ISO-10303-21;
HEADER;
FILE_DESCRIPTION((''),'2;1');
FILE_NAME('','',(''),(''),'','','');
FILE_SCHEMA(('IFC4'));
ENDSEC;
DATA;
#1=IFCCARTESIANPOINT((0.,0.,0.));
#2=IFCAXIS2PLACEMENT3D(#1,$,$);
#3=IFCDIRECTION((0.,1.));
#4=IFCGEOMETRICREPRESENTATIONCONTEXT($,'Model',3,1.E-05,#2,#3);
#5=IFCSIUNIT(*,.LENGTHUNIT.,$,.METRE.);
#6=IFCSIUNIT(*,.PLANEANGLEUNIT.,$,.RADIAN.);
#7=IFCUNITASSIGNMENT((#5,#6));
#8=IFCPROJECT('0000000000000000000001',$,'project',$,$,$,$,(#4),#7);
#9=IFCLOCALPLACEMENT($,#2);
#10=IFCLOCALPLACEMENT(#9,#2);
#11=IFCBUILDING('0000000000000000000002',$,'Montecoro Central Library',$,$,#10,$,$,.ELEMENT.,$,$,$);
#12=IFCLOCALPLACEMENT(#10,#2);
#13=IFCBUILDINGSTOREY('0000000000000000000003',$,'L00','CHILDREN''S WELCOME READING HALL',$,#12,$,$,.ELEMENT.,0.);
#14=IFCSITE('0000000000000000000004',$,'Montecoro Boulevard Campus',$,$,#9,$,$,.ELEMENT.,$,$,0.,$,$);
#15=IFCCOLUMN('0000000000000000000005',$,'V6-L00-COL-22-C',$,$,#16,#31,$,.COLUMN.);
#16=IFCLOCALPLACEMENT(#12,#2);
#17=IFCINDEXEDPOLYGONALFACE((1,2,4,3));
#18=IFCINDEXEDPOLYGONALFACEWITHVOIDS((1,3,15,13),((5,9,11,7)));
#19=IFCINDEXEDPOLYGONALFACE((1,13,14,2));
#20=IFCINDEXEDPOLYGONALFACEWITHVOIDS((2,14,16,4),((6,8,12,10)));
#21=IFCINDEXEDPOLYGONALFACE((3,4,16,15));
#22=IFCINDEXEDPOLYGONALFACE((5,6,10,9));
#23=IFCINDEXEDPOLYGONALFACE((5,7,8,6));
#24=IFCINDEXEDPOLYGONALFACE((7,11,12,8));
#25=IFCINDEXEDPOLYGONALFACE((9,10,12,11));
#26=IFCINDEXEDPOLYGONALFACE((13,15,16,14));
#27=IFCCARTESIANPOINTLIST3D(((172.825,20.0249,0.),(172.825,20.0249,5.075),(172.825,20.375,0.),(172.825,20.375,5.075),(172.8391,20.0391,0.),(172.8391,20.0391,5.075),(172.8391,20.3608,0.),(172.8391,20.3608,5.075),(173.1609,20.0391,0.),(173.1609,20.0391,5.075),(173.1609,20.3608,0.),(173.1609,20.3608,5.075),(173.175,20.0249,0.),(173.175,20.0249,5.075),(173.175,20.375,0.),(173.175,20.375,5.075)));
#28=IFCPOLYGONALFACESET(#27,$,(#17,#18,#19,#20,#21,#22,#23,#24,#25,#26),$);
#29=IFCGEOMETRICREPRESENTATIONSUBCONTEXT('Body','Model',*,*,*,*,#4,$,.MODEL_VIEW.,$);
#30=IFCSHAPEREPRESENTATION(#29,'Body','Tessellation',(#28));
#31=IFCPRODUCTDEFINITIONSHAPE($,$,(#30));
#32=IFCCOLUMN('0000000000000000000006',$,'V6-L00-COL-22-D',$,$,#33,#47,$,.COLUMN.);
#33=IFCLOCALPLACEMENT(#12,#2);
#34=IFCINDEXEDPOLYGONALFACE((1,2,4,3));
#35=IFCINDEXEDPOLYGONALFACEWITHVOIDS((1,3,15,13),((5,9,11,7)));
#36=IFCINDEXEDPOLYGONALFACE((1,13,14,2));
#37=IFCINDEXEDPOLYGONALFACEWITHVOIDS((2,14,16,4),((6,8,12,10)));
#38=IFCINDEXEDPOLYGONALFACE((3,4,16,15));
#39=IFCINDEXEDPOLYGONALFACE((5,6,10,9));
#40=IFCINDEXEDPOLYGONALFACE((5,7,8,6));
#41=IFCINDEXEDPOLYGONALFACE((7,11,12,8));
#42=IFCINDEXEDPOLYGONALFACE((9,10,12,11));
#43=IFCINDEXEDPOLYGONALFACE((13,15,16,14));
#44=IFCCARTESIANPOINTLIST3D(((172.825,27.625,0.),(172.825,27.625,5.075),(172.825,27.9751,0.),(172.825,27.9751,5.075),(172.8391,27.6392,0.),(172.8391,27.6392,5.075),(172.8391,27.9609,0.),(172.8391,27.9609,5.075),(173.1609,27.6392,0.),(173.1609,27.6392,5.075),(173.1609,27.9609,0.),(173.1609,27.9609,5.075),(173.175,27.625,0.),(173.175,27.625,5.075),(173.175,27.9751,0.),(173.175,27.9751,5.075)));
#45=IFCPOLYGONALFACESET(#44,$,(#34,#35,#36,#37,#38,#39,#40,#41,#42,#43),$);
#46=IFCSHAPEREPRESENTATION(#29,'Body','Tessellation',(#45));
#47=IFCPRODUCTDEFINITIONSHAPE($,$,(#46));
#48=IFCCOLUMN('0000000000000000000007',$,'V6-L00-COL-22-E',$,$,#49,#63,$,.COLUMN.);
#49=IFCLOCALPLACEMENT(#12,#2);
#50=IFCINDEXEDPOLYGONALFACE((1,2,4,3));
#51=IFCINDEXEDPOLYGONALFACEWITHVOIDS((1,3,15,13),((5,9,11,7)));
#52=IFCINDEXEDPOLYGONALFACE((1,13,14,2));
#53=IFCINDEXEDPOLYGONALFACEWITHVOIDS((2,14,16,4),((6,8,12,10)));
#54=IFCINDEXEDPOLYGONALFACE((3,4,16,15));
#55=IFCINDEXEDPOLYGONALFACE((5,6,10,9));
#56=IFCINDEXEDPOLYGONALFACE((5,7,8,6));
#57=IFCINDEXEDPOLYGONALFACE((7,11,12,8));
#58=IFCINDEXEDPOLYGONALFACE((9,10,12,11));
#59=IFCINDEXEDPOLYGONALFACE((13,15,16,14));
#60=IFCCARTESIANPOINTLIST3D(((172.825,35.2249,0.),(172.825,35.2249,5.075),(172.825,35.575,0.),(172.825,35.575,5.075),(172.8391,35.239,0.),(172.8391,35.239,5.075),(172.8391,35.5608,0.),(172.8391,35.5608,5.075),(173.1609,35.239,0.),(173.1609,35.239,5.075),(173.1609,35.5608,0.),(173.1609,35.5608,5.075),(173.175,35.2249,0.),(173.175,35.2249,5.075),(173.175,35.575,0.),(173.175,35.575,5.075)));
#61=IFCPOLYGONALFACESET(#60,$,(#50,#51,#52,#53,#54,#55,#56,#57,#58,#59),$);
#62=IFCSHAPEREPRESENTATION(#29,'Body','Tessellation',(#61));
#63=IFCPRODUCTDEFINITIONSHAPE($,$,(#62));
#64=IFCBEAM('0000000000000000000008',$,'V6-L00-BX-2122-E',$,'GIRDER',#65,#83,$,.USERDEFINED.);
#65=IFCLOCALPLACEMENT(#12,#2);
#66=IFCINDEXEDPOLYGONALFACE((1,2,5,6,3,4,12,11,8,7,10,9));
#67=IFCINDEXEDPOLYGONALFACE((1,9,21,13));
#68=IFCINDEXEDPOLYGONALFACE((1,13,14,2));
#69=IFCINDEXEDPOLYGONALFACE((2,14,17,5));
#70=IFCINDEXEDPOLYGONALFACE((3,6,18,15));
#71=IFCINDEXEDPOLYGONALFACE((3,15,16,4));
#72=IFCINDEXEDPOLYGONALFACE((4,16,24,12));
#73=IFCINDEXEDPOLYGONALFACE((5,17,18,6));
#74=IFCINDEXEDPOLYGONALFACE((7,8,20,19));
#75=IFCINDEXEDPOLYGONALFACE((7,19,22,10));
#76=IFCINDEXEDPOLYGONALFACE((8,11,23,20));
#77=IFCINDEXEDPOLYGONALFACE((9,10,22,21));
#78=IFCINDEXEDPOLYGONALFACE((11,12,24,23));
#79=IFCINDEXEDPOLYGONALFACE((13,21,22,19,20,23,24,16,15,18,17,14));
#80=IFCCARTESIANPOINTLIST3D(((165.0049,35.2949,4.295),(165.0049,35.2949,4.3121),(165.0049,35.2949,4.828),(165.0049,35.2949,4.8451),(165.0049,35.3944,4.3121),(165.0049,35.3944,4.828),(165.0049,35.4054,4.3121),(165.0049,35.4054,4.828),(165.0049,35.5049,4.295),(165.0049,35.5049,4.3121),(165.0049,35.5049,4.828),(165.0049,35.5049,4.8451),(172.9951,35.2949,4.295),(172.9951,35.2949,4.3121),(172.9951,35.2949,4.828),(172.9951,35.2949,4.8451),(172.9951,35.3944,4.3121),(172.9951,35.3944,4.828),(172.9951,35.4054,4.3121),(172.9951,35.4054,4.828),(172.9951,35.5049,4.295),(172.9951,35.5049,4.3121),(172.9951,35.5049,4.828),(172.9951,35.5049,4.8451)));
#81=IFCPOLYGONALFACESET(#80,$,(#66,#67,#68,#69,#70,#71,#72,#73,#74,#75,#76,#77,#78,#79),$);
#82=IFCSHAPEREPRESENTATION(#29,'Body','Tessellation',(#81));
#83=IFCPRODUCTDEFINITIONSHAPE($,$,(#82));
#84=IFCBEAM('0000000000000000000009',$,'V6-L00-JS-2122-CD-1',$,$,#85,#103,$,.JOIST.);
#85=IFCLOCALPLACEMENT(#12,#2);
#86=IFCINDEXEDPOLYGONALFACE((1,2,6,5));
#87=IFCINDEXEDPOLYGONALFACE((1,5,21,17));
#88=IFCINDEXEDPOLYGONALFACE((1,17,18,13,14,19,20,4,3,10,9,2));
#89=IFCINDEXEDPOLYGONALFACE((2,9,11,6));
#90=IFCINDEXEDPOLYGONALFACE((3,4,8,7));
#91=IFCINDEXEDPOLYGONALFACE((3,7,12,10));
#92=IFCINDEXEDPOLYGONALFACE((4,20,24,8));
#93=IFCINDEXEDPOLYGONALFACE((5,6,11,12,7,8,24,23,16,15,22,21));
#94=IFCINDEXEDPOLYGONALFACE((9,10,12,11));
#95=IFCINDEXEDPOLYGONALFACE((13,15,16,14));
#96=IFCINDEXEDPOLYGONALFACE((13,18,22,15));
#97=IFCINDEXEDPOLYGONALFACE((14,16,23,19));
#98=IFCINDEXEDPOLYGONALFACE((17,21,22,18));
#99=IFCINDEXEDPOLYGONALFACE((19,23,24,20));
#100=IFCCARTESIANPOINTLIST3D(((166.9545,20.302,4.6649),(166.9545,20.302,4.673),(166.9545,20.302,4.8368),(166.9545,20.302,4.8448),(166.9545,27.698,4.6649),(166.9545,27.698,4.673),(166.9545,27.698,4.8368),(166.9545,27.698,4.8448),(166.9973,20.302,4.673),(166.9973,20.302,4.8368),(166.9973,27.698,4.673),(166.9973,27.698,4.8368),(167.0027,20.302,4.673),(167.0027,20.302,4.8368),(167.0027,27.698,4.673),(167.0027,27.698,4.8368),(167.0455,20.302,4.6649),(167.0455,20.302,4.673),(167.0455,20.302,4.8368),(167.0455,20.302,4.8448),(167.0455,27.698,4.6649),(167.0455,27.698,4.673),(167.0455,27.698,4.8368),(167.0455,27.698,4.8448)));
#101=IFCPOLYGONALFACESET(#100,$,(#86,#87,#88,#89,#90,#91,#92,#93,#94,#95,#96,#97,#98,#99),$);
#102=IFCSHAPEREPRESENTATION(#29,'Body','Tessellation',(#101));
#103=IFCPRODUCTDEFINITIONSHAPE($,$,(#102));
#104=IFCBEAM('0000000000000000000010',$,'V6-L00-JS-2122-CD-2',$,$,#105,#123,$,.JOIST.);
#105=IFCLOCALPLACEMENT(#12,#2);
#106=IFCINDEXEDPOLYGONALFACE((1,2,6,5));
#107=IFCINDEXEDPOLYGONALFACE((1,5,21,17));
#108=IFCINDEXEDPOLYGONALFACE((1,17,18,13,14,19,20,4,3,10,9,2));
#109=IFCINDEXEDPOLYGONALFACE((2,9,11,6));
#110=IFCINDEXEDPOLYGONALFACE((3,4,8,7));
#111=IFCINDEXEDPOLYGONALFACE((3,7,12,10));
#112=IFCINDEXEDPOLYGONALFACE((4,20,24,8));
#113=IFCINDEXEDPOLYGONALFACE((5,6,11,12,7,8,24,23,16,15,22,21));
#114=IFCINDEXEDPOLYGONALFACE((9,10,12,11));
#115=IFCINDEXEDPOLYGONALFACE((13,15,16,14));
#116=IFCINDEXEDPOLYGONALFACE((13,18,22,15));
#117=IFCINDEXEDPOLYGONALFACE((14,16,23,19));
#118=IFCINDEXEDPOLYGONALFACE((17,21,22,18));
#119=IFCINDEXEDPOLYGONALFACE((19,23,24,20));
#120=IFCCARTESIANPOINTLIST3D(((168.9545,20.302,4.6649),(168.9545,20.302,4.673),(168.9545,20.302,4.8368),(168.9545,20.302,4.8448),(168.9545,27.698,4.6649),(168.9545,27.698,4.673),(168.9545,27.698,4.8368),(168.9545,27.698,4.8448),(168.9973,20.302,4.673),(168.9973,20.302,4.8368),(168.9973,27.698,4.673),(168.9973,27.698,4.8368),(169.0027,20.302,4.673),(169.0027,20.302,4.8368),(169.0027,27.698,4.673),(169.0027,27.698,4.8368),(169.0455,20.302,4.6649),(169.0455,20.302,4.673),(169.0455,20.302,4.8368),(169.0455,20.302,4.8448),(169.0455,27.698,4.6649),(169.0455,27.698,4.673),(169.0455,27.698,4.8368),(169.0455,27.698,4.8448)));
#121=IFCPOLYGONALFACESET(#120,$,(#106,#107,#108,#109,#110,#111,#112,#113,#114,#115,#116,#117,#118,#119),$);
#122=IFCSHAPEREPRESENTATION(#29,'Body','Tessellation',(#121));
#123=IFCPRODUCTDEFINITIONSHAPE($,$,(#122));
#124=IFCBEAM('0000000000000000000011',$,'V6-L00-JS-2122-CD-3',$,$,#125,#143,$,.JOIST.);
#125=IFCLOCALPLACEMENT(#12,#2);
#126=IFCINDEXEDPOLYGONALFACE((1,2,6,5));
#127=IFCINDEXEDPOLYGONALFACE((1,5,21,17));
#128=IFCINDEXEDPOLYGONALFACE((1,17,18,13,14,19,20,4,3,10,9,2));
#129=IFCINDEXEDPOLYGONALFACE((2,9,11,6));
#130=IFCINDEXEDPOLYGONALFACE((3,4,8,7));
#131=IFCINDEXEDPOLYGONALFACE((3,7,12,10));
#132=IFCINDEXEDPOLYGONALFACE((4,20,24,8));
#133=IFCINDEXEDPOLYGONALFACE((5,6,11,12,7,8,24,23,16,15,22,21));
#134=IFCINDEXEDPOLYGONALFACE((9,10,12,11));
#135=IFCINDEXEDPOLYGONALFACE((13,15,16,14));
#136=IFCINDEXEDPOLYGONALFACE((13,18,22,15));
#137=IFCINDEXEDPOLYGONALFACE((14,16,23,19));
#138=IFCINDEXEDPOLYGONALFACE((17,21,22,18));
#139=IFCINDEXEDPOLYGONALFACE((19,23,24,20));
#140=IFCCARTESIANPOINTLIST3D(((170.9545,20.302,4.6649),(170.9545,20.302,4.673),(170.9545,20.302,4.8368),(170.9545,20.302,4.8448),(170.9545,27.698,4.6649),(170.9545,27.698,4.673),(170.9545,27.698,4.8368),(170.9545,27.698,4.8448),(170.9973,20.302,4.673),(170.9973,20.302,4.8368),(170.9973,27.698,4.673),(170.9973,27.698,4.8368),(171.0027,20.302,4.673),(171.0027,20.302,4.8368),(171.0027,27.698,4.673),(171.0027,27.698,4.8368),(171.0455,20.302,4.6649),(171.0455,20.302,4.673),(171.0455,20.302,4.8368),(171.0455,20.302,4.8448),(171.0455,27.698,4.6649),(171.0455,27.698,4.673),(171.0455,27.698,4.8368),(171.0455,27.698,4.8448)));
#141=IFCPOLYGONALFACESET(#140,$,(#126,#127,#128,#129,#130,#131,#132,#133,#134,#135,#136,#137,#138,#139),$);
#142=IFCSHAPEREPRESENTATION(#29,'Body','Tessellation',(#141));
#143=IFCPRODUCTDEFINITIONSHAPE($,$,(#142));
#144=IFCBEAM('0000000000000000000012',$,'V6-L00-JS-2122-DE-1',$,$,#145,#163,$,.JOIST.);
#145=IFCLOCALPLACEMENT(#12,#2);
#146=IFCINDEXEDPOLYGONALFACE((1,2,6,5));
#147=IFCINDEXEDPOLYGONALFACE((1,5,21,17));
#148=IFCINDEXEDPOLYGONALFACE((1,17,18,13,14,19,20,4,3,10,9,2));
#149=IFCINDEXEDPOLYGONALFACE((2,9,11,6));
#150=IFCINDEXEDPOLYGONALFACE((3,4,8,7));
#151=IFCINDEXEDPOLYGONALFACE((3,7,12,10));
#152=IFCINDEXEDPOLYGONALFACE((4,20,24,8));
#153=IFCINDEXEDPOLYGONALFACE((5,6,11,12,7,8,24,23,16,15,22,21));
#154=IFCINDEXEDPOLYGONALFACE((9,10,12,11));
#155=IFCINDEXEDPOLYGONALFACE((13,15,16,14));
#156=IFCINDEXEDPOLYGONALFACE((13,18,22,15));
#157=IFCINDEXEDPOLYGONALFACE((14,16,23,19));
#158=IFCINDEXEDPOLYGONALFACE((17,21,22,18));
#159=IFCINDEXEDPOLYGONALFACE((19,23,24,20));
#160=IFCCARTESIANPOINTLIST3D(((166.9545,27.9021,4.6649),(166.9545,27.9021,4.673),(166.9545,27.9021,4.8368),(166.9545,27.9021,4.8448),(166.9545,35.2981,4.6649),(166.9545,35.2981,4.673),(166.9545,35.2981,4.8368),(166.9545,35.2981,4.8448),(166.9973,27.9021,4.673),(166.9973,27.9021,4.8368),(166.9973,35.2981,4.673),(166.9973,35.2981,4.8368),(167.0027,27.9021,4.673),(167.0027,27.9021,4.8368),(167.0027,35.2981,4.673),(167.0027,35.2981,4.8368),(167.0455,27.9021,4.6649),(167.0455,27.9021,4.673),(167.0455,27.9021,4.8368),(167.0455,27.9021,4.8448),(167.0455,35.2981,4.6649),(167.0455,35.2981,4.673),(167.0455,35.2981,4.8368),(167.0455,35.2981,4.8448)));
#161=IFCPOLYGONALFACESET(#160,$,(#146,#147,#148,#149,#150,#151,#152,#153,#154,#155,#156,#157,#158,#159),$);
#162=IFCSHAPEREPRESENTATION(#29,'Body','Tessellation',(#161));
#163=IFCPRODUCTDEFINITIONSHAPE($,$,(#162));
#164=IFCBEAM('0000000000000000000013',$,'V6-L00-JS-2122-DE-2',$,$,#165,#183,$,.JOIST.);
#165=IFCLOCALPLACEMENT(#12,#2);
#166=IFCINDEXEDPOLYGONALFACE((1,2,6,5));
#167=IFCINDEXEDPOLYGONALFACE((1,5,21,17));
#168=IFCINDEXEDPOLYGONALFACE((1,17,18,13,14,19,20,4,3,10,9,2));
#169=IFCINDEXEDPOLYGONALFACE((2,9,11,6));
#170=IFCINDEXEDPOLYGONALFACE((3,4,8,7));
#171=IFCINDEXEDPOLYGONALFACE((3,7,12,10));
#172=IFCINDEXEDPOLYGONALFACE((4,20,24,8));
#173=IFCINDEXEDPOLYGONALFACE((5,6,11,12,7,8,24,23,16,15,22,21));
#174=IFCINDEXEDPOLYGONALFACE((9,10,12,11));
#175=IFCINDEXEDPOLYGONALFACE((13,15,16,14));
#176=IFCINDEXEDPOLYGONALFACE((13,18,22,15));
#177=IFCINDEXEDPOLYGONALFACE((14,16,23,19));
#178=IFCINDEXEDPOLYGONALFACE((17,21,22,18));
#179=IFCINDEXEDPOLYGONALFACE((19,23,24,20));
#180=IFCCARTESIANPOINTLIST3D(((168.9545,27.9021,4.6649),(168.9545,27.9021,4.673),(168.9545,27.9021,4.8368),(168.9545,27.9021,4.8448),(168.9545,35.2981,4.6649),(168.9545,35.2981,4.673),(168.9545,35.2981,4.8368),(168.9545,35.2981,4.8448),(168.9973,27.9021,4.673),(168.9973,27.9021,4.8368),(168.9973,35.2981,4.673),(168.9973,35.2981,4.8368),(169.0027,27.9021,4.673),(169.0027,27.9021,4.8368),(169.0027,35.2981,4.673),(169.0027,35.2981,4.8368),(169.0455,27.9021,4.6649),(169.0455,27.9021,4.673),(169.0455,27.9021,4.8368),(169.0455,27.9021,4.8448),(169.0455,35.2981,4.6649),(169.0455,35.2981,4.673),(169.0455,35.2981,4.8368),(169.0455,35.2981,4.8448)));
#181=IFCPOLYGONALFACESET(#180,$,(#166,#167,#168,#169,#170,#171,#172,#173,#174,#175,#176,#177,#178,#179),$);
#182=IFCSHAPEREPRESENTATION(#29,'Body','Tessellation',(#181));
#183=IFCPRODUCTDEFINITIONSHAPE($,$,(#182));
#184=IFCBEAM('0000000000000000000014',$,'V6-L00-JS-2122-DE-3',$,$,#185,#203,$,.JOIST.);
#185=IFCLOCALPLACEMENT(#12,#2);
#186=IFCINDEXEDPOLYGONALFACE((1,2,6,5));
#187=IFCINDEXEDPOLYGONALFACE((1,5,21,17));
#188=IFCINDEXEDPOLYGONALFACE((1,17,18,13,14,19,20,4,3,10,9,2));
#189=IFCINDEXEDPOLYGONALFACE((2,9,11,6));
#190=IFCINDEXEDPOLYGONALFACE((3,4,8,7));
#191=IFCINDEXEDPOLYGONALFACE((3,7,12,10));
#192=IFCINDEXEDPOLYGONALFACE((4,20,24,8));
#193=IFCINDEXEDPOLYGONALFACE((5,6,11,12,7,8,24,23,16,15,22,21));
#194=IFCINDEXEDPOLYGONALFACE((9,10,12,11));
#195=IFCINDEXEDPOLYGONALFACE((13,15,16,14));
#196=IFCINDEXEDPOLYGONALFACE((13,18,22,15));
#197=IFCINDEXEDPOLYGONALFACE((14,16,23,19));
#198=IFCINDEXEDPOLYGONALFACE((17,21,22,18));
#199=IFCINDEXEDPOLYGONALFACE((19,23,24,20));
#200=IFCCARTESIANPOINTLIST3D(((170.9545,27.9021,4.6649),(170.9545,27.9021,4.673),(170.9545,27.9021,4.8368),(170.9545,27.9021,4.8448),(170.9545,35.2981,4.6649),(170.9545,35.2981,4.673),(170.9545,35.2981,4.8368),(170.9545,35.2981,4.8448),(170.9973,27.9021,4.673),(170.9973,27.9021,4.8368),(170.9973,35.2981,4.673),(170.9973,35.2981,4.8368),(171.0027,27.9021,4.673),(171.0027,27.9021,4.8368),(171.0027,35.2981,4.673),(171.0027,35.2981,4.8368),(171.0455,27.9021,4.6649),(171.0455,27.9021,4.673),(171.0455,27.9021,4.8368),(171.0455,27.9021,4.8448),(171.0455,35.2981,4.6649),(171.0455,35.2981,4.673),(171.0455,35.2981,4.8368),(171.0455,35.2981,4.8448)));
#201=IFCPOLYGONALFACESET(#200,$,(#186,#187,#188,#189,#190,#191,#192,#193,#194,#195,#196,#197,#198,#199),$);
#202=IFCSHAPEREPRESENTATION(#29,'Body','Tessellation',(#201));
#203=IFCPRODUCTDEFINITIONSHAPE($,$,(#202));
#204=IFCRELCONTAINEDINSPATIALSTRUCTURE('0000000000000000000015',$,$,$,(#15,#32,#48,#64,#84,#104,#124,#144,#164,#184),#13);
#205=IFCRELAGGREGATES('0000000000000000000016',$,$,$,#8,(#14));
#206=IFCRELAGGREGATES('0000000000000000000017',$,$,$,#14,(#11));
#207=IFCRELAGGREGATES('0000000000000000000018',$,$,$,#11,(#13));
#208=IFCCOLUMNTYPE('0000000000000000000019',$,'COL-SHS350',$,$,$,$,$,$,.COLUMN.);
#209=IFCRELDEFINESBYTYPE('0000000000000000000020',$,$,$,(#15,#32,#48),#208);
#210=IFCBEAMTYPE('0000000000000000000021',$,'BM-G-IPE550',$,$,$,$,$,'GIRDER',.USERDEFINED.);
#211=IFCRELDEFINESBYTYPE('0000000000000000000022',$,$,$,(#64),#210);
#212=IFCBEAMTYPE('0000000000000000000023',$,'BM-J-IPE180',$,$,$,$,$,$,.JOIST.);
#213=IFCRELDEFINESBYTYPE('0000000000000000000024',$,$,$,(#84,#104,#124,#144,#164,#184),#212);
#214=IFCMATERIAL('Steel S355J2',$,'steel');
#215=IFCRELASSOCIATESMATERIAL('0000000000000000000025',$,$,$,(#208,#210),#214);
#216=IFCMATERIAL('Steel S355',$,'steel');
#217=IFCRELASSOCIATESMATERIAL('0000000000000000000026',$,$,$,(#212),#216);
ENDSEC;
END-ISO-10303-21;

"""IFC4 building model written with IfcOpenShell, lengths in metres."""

from ifc_helpers import new_model, si_unit, direction, frame, origin, origin_2d, place, context, subcontext, project, spatial, hollow_rectangle, i_section, extrude, material, material_profile, profile_set, type_object, element, save


model = new_model("IFC4")

# Units and contexts
model_context = context("Model", 3, precision=1e-05, world=origin(), true_north=direction((0.0, 1.0)))
body_context = subcontext(model_context, "Body", "Model", "MODEL_VIEW")
ifc_project = project(units=[si_unit("LENGTHUNIT", "METRE"), si_unit("PLANEANGLEUNIT", "RADIAN")], contexts=[model_context])

# Site, building, storey
site_placement = place(None, origin())
site = spatial("IfcSite", under=ifc_project, at=site_placement, Name="Montecoro Boulevard Campus", CompositionType="ELEMENT", RefElevation=0.0)
building_placement = place(site_placement, origin())
building = spatial("IfcBuilding", under=site, at=building_placement, Name="Montecoro Central Library", CompositionType="ELEMENT")
storey_placement = place(building_placement, origin())
storey = spatial("IfcBuildingStorey", under=building, at=storey_placement, Name="L00", Description="CHILDREN'S WELCOME READING HALL", CompositionType="ELEMENT", Elevation=0.0)

# Columns
ifc_material_1 = material(Name="Steel S355J2", Category="steel")
ifc_material_profile_1 = material_profile(ifc_material_1, hollow_rectangle(XDim=0.3501, YDim=0.3501, WallThickness=0.0142, at=origin_2d()), Name="SHS 350x350x14.2")
ifc_profile_set_1 = profile_set([ifc_material_profile_1], Name="Steel S355J2")
column_type = type_object("IfcColumnType", Name="COL-SHS350", PredefinedType="COLUMN", material=ifc_profile_set_1)
for number, where, z_axis, x_axis, name in (
    (1, (173.0, 20.2, 0.0), (0.0, 0.0, 1.0), (1.0, 0.0, 0.0), "V6-L00-COL-22-C"),
    (2, (173.0, 27.8, 0.0), (0.0, 0.0, 1.0), (1.0, 0.0, 0.0), "V6-L00-COL-22-D"),
    (3, (173.0, 35.3999, 0.0), (0.0, 0.0, 1.0), (1.0, 0.0, 0.0), "V6-L00-COL-22-E"),
):
    element("IfcColumn", number, at=place(storey_placement, frame(where, z_axis=z_axis, x_axis=x_axis)), inside=storey, type_object=column_type, Name=name, PredefinedType="COLUMN", context=body_context, shape_type="SweptSolid", body=[
        extrude(hollow_rectangle(XDim=0.3501, YDim=0.3501, WallThickness=0.0142, at=origin_2d()), origin(), (0.0, 0.0, 1.0), 5.075),
    ])

# Beams
ifc_material_profile_2 = material_profile(ifc_material_1, i_section(OverallWidth=0.21, OverallDepth=0.55, WebThickness=0.011, FlangeThickness=0.0171, at=origin_2d()), Name="IPE 550")
ifc_profile_set_2 = profile_set([ifc_material_profile_2], Name="Steel S355J2")
beam_type_1 = type_object("IfcBeamType", Name="BM-G-IPE550", ElementType="GIRDER", PredefinedType="USERDEFINED", material=ifc_profile_set_2)
beam_1_placement = place(storey_placement, frame((165.0049, 35.3999, 4.5701), z_axis=(1.0, 0.0, 0.0), x_axis=(0.0, 1.0, 0.0)))
element("IfcBeam", 4, at=beam_1_placement, inside=storey, type_object=beam_type_1, Name="V6-L00-BX-2122-E", ObjectType="GIRDER", PredefinedType="USERDEFINED", context=body_context, shape_type="SweptSolid", body=[
    extrude(i_section(OverallWidth=0.21, OverallDepth=0.55, WebThickness=0.011, FlangeThickness=0.0171, at=origin_2d()), origin(), (0.0, 0.0, 1.0), 7.9902),
])
ifc_material_2 = material(Name="Steel S355", Category="steel")
ifc_material_profile_3 = material_profile(ifc_material_2, i_section(OverallWidth=0.0911, OverallDepth=0.1799, WebThickness=0.0054, FlangeThickness=0.0081, at=origin_2d()), Name="IPE 180")
ifc_profile_set_3 = profile_set([ifc_material_profile_3], Name="Steel S355")
beam_type_2 = type_object("IfcBeamType", Name="BM-J-IPE180", PredefinedType="JOIST", material=ifc_profile_set_3)
for number, where, z_axis, x_axis, name in (
    (5, (167.0, 20.302, 4.7549), (0.0, 1.0, 0.0), (-1.0, 0.0, 0.0), "V6-L00-JS-2122-CD-1"),
    (6, (169.0, 20.302, 4.7549), (0.0, 1.0, 0.0), (-1.0, 0.0, 0.0), "V6-L00-JS-2122-CD-2"),
    (7, (171.0, 20.302, 4.7549), (0.0, 1.0, 0.0), (-1.0, 0.0, 0.0), "V6-L00-JS-2122-CD-3"),
    (8, (167.0, 27.9021, 4.7549), (0.0, 1.0, 0.0), (-1.0, 0.0, 0.0), "V6-L00-JS-2122-DE-1"),
    (9, (169.0, 27.9021, 4.7549), (0.0, 1.0, 0.0), (-1.0, 0.0, 0.0), "V6-L00-JS-2122-DE-2"),
    (10, (171.0, 27.9021, 4.7549), (0.0, 1.0, 0.0), (-1.0, 0.0, 0.0), "V6-L00-JS-2122-DE-3"),
):
    element("IfcBeam", number, at=place(storey_placement, frame(where, z_axis=z_axis, x_axis=x_axis)), inside=storey, type_object=beam_type_2, Name=name, PredefinedType="JOIST", context=body_context, shape_type="SweptSolid", body=[
        extrude(i_section(OverallWidth=0.0911, OverallDepth=0.1799, WebThickness=0.0054, FlangeThickness=0.0081, at=origin_2d()), origin(), (0.0, 0.0, 1.0), 7.396),
    ])

save(model, "model.ifc")
